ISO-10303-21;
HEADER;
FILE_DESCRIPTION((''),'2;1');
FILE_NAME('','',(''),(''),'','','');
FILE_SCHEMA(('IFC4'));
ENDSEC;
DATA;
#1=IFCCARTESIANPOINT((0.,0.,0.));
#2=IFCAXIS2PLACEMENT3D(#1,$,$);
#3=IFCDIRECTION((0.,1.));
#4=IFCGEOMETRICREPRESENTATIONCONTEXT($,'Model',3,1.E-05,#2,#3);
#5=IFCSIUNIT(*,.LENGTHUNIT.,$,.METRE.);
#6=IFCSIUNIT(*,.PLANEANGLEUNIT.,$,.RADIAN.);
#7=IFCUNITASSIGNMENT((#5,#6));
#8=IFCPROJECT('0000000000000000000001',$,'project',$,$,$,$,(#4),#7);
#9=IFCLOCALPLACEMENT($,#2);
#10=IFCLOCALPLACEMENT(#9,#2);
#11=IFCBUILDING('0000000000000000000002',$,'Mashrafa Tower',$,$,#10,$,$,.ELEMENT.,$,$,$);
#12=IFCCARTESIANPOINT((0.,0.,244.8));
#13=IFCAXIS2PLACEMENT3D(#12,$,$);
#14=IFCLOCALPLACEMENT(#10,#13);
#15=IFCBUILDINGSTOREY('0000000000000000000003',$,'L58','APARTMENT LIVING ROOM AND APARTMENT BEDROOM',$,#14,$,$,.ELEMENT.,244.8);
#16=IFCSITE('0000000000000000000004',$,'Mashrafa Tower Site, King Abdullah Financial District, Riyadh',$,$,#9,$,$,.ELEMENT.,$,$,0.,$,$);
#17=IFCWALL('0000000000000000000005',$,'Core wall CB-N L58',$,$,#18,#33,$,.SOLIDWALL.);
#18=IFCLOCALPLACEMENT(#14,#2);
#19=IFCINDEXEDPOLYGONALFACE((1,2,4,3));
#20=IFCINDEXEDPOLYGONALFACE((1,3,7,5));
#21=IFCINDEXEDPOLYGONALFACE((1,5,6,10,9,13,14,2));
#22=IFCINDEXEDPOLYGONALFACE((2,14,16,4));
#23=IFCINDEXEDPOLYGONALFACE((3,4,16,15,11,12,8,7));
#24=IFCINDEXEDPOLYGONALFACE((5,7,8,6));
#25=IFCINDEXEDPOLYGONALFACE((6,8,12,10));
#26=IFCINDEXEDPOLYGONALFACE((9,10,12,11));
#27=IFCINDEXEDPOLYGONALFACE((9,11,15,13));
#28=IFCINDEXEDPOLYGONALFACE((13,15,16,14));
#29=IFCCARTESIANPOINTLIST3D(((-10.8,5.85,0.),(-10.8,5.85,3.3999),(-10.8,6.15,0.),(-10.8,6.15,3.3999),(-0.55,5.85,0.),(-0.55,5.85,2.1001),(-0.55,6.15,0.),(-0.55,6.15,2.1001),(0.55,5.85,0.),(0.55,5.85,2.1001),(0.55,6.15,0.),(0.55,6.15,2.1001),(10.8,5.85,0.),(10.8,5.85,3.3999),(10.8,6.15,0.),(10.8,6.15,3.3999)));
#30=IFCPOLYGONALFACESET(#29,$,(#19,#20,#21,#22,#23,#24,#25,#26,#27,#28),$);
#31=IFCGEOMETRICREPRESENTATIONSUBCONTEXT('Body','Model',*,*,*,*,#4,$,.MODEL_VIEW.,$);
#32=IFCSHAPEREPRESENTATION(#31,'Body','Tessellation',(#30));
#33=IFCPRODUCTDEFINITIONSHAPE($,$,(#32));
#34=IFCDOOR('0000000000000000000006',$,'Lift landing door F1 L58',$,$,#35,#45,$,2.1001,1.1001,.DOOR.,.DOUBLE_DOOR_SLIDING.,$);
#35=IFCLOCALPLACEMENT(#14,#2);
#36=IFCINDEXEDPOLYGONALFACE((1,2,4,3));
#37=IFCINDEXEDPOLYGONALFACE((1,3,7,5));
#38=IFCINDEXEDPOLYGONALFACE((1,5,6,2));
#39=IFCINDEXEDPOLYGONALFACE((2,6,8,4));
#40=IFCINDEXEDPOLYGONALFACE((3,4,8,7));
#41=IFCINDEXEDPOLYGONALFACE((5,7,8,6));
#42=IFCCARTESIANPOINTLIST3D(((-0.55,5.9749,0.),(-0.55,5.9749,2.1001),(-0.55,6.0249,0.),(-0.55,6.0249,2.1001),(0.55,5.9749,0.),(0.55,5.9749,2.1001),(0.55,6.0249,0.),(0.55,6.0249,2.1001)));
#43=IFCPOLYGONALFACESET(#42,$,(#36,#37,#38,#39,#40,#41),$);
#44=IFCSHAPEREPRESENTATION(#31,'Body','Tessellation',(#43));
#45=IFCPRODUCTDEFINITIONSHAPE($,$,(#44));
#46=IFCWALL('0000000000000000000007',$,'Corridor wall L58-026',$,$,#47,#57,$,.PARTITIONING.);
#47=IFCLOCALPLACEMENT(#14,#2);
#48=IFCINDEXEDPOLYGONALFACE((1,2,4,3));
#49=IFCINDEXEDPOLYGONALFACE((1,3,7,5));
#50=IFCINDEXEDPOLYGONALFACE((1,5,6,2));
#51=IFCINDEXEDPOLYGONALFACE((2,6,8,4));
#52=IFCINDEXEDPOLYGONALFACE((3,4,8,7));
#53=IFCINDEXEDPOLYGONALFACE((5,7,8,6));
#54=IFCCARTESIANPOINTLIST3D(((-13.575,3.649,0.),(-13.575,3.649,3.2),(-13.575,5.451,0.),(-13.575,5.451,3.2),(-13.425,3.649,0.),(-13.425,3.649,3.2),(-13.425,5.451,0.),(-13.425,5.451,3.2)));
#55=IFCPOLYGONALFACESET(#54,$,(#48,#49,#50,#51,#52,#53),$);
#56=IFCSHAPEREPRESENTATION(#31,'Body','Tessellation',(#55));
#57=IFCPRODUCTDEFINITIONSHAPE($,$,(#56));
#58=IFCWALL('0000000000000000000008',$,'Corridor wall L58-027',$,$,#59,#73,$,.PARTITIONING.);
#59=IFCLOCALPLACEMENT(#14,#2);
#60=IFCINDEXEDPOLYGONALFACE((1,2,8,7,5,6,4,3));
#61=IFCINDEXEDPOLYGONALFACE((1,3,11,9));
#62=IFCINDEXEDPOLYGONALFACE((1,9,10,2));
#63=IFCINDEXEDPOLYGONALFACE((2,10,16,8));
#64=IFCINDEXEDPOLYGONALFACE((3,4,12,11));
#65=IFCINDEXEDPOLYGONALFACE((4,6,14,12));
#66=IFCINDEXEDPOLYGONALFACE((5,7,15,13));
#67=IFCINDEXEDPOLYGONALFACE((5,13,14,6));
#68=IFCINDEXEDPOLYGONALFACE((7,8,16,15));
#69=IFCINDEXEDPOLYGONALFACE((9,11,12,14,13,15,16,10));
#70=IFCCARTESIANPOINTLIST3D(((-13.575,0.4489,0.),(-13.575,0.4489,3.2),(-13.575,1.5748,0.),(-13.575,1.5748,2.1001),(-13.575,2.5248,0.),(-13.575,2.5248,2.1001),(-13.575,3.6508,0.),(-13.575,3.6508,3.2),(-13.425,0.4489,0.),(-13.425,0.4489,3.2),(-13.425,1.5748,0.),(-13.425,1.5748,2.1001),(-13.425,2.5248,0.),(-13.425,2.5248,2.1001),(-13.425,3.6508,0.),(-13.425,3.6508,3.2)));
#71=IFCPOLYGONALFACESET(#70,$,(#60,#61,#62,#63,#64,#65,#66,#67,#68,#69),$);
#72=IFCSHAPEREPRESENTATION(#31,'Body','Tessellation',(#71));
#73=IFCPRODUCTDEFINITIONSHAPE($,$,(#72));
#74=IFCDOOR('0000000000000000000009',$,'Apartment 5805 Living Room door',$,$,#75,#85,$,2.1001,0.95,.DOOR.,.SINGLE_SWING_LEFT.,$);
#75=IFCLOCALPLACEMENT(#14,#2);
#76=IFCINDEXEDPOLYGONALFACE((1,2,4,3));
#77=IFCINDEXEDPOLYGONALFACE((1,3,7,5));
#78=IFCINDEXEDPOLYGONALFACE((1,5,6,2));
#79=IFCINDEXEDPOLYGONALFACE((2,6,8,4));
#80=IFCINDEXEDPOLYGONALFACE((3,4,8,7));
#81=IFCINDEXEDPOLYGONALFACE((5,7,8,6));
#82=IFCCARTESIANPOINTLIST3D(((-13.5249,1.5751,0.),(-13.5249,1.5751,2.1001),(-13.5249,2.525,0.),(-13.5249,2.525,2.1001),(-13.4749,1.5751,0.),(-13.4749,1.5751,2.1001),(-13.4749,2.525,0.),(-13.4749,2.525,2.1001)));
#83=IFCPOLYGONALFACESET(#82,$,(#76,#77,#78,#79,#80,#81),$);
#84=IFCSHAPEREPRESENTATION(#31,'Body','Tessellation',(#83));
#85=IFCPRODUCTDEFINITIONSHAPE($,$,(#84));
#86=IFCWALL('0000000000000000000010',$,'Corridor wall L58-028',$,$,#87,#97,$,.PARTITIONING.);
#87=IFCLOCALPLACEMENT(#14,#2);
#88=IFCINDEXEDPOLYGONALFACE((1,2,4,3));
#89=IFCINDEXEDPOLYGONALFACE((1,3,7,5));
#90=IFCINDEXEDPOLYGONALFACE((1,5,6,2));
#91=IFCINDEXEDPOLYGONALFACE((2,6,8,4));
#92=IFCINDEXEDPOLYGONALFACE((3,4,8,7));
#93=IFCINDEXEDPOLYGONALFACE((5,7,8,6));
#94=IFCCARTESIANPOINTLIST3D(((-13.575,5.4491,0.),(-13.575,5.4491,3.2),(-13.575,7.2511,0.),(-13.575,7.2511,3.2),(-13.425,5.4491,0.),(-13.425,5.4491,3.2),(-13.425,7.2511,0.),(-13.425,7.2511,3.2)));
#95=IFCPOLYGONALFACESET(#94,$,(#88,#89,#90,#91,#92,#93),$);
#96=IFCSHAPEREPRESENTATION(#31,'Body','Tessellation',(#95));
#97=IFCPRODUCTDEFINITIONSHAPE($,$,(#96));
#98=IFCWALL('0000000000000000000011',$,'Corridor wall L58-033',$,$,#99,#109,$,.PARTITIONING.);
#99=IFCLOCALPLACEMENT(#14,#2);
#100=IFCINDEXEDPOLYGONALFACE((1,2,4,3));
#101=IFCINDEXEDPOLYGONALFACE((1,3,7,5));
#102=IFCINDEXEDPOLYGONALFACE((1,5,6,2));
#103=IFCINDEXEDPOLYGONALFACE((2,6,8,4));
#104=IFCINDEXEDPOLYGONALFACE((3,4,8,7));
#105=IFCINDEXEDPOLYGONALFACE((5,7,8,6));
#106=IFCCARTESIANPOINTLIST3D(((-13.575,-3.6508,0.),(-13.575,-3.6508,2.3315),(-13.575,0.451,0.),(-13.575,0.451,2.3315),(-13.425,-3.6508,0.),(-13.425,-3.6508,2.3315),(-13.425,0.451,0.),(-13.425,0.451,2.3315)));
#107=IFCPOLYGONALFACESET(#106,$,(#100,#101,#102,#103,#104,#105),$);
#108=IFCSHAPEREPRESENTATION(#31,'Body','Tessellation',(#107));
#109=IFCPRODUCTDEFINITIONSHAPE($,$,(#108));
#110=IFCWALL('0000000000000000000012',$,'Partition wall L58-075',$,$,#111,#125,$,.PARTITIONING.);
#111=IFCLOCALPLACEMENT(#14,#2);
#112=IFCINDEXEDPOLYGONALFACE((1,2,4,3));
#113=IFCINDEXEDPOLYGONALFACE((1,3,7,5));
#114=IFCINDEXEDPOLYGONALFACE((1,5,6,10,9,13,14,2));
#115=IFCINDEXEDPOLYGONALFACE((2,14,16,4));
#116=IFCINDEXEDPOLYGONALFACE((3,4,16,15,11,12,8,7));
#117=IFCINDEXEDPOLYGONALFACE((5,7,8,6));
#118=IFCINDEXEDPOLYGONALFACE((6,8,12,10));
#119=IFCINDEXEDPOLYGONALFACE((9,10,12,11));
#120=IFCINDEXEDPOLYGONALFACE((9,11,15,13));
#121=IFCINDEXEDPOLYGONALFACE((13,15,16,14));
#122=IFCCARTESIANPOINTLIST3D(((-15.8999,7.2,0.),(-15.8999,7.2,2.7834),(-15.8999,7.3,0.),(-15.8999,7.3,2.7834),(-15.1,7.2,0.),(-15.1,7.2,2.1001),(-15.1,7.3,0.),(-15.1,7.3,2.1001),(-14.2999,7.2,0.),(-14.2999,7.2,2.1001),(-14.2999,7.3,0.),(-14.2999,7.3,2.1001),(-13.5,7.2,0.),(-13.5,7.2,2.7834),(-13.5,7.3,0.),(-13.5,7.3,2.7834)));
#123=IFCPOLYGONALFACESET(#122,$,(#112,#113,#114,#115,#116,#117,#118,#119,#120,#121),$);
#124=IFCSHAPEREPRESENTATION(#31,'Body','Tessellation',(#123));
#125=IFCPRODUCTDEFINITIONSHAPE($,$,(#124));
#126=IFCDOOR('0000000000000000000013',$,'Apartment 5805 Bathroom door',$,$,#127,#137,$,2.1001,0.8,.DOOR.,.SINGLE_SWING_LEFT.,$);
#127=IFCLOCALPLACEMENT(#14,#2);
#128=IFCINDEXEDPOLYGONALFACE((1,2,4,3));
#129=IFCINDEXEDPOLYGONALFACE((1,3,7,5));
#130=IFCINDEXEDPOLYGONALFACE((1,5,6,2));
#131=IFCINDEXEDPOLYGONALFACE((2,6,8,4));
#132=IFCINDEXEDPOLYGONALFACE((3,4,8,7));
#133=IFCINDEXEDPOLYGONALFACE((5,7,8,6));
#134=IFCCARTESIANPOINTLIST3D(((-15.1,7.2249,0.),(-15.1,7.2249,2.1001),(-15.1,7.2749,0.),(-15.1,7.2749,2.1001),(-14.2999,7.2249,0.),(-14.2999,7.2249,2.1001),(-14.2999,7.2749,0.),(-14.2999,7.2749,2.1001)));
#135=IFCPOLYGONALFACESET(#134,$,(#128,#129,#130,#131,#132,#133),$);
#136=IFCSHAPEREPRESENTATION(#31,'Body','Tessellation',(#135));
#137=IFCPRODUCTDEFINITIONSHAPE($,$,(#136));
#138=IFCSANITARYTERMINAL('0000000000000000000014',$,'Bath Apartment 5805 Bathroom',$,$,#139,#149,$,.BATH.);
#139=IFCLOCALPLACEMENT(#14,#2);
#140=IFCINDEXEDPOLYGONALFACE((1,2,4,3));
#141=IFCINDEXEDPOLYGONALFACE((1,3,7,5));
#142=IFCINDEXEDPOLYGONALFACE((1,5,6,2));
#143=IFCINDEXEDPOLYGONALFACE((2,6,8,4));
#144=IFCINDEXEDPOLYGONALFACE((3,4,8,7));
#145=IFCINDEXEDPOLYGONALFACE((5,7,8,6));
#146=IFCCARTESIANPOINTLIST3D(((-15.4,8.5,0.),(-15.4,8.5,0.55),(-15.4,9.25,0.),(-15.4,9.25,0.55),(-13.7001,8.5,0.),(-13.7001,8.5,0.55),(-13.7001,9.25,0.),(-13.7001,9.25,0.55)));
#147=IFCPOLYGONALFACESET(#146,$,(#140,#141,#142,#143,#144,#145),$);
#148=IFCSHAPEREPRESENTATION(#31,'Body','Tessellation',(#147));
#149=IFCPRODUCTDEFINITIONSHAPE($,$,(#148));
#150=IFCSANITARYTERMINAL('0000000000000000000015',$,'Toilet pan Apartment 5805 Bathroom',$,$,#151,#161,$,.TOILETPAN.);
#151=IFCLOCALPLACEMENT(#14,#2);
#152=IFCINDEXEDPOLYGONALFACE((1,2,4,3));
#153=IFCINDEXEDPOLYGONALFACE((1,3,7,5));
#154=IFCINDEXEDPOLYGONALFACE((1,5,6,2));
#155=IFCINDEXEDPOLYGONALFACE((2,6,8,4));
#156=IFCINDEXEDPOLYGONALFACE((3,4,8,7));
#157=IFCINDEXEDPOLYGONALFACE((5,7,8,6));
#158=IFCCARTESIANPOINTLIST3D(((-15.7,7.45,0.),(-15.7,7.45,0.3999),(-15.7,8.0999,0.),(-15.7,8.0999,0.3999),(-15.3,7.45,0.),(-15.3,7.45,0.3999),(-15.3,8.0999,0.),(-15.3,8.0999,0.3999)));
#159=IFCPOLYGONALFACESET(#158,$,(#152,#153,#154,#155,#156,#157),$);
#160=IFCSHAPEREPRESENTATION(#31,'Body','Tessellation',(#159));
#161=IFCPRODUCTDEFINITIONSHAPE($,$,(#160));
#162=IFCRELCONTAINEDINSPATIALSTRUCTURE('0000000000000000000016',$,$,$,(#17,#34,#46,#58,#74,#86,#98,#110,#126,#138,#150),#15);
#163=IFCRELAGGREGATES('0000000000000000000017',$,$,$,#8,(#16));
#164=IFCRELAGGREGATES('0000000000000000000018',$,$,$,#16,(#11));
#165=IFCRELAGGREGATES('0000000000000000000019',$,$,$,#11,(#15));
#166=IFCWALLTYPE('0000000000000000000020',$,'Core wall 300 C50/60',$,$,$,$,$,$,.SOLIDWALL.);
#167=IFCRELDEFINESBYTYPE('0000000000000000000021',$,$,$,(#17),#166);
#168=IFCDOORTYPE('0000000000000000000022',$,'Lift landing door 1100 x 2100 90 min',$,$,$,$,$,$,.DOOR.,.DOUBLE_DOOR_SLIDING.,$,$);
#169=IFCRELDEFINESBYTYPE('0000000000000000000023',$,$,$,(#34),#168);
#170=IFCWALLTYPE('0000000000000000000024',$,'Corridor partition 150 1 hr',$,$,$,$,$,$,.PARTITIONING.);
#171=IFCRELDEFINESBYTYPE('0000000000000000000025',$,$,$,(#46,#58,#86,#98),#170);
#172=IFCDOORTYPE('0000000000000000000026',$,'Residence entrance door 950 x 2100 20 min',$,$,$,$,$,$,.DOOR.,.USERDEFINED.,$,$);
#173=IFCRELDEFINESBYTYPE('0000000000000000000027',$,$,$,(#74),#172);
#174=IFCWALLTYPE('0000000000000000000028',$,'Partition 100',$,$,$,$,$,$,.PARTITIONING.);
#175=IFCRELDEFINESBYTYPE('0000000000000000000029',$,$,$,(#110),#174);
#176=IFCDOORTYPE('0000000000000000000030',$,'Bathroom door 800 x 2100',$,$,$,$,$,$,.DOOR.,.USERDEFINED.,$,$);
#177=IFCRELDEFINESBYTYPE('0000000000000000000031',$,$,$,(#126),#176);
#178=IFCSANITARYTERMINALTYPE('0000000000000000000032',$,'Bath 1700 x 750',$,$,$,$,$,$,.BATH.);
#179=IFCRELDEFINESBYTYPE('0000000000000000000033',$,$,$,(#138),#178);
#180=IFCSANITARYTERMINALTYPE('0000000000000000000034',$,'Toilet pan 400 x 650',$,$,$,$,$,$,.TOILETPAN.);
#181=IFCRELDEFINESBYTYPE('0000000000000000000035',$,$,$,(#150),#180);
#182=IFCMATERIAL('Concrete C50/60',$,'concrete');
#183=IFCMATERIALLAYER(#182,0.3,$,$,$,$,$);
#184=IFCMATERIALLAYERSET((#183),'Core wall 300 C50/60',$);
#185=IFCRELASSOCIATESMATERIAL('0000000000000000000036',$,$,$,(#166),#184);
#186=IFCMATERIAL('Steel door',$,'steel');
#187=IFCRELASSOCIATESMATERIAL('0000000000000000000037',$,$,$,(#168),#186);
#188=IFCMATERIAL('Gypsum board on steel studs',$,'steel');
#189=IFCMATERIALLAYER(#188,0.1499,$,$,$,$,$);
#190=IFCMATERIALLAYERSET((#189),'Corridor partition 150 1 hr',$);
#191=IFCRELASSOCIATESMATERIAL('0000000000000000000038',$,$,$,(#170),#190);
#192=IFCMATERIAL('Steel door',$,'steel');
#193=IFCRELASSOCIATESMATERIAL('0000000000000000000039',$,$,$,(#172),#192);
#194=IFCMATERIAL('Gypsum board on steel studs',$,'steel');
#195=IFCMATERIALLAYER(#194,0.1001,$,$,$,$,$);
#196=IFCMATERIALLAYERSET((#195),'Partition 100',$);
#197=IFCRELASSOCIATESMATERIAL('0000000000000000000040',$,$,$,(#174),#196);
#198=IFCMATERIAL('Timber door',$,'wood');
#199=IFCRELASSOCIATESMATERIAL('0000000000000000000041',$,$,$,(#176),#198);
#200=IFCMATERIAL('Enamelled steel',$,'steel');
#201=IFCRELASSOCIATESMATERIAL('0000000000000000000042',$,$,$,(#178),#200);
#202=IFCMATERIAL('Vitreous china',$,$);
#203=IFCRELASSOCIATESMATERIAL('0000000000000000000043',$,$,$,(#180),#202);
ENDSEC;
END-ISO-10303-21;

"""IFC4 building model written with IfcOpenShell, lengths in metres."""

from ifc_helpers import new_model, si_unit, direction, frame, frame_2d, origin, origin_2d, place, context, subcontext, project, spatial, rectangle, extrude, material, layer, layer_set, type_object, element, fill, save


model = new_model("IFC4")

# Units and contexts
model_context = context("Model", 3, precision=1e-05, world=origin(), true_north=direction((0.0, 1.0)))
body_context = subcontext(model_context, "Body", "Model", "MODEL_VIEW")
ifc_project = project(units=[si_unit("LENGTHUNIT", "METRE"), si_unit("PLANEANGLEUNIT", "RADIAN")], contexts=[model_context])

# Site, building, storey
site_placement = place(None, origin())
site = spatial("IfcSite", under=ifc_project, at=site_placement, Name="Mashrafa Tower Site, King Abdullah Financial District, Riyadh", CompositionType="ELEMENT", RefElevation=0.0)
building_placement = place(site_placement, origin())
building = spatial("IfcBuilding", under=site, at=building_placement, Name="Mashrafa Tower", CompositionType="ELEMENT")
storey_placement = place(building_placement, frame((0.0, 0.0, 244.8)))
storey = spatial("IfcBuildingStorey", under=building, at=storey_placement, Name="L58", Description="APARTMENT LIVING ROOM AND APARTMENT BEDROOM", CompositionType="ELEMENT", Elevation=244.8)

# Shared definitions
ifc_material_1 = material(Name="Concrete C50/60", Category="concrete")
ifc_layer_1 = layer(ifc_material_1, 0.3)
ifc_layer_set_1 = layer_set([ifc_layer_1], Name="Core wall 300 C50/60")
wall_type_1 = type_object("IfcWallType", Name="Core wall 300 C50/60", PredefinedType="SOLIDWALL", material=ifc_layer_set_1)

# Wall, opening, door
wall_1_placement = place(storey_placement, frame((-10.8, 6.0, 0.0), z_axis=(0.0, 0.0, 1.0), x_axis=(1.0, 0.0, 0.0)))
wall_1 = element("IfcWall", 1, at=wall_1_placement, inside=storey, type_object=wall_type_1, Name="Core wall CB-N L58", PredefinedType="SOLIDWALL", context=body_context, shape_type="SweptSolid", body=[
    extrude(rectangle(XDim=21.6001, YDim=0.3, at=frame_2d((10.8, 0.0))), origin(), (0.0, 0.0, 1.0), 3.3999),
])
opening_1_placement = place(wall_1_placement, frame((10.25, 0.0, 0.0)))
opening_1 = element("IfcOpeningElement", 2, at=opening_1_placement, cuts=wall_1, PredefinedType="OPENING", context=body_context, shape_type="SweptSolid", body=[
    extrude(rectangle(XDim=1.1001, YDim=2.1001, at=frame_2d((0.55, 1.05))), frame((0.0, 0.1599, 0.0), z_axis=(0.0, -1.0, 0.0), x_axis=(1.0, 0.0, 0.0)), (0.0, 0.0, 1.0), 0.3201),
])
ifc_material_2 = material(Name="Steel door", Category="steel")
door_type_1 = type_object("IfcDoorType", Name="Lift landing door 1100 x 2100 90 min", OperationType="DOUBLE_DOOR_SLIDING", PredefinedType="DOOR", material=ifc_material_2)
door_1_placement = place(opening_1_placement, origin())
door_1 = element("IfcDoor", 3, at=door_1_placement, inside=storey, type_object=door_type_1, Name="Lift landing door F1 L58", OperationType="DOUBLE_DOOR_SLIDING", OverallHeight=2.1001, OverallWidth=1.1001, PredefinedType="DOOR", context=body_context, shape_type="SweptSolid", body=[
    extrude(rectangle(XDim=1.1001, YDim=2.1001, at=frame_2d((0.55, 1.05))), frame((0.0, 0.0249, 0.0), z_axis=(0.0, -1.0, 0.0), x_axis=(1.0, 0.0, 0.0)), (0.0, 0.0, 1.0), 0.05),
])
fill(opening_1, door_1)

# Wall
ifc_material_3 = material(Name="Gypsum board on steel studs", Category="steel")
ifc_layer_2 = layer(ifc_material_3, 0.1499)
ifc_layer_set_2 = layer_set([ifc_layer_2], Name="Corridor partition 150 1 hr")
wall_type_2 = type_object("IfcWallType", Name="Corridor partition 150 1 hr", PredefinedType="PARTITIONING", material=ifc_layer_set_2)
wall_2_placement = place(storey_placement, frame((-13.5, 5.4509, 0.0), z_axis=(0.0, 0.0, 1.0), x_axis=(0.0, -1.0, 0.0)))
element("IfcWall", 4, at=wall_2_placement, inside=storey, type_object=wall_type_2, Name="Corridor wall L58-026", PredefinedType="PARTITIONING", context=body_context, shape_type="SweptSolid", body=[
    extrude(rectangle(XDim=1.802, YDim=0.1499, at=frame_2d((0.9009, 0.0))), origin(), (0.0, 0.0, 1.0), 3.2),
])

# Wall, opening, door
wall_3_placement = place(storey_placement, frame((-13.5, 3.6509, 0.0), z_axis=(0.0, 0.0, 1.0), x_axis=(0.0, -1.0, 0.0)))
wall_3 = element("IfcWall", 5, at=wall_3_placement, inside=storey, type_object=wall_type_2, Name="Corridor wall L58-027", PredefinedType="PARTITIONING", context=body_context, shape_type="SweptSolid", body=[
    extrude(rectangle(XDim=3.2019, YDim=0.1499, at=frame_2d((1.6011, 0.0))), origin(), (0.0, 0.0, 1.0), 3.2),
])
opening_2_placement = place(wall_3_placement, frame((1.126, 0.0, 0.0)))
opening_2 = element("IfcOpeningElement", 6, at=opening_2_placement, cuts=wall_3, PredefinedType="OPENING", context=body_context, shape_type="SweptSolid", body=[
    extrude(rectangle(XDim=0.95, YDim=2.1001, at=frame_2d((0.4751, 1.05))), frame((0.0, 0.085, 0.0), z_axis=(0.0, -1.0, 0.0), x_axis=(1.0, 0.0, 0.0)), (0.0, 0.0, 1.0), 0.1699),
])
ifc_material_4 = material(Name="Steel door", Category="steel")
door_type_2 = type_object("IfcDoorType", Name="Residence entrance door 950 x 2100 20 min", OperationType="USERDEFINED", PredefinedType="DOOR", material=ifc_material_4)
door_2_placement = place(opening_2_placement, frame((0.95, 0.0, 0.0), z_axis=(0.0, 0.0, 1.0), x_axis=(-1.0, 0.0, 0.0)))
door_2 = element("IfcDoor", 7, at=door_2_placement, inside=storey, type_object=door_type_2, Name="Apartment 5805 Living Room door", OperationType="SINGLE_SWING_LEFT", OverallHeight=2.1001, OverallWidth=0.95, PredefinedType="DOOR", context=body_context, shape_type="SweptSolid", body=[
    extrude(rectangle(XDim=0.95, YDim=2.1001, at=frame_2d((0.4751, 1.05))), frame((0.0, 0.0249, 0.0), z_axis=(0.0, -1.0, 0.0), x_axis=(1.0, 0.0, 0.0)), (0.0, 0.0, 1.0), 0.05),
])
fill(opening_2, door_2)

# Walls
wall_4_placement = place(storey_placement, frame((-13.5, 7.251, 0.0), z_axis=(0.0, 0.0, 1.0), x_axis=(0.0, -1.0, 0.0)))
element("IfcWall", 8, at=wall_4_placement, inside=storey, type_object=wall_type_2, Name="Corridor wall L58-028", PredefinedType="PARTITIONING", context=body_context, shape_type="SweptSolid", body=[
    extrude(rectangle(XDim=1.802, YDim=0.1499, at=frame_2d((0.9009, 0.0))), origin(), (0.0, 0.0, 1.0), 3.2),
])
wall_5_placement = place(storey_placement, frame((-13.5, 0.4509, 0.0), z_axis=(0.0, 0.0, 1.0), x_axis=(0.0, -1.0, 0.0)))
element("IfcWall", 9, at=wall_5_placement, inside=storey, type_object=wall_type_2, Name="Corridor wall L58-033", PredefinedType="PARTITIONING", context=body_context, shape_type="SweptSolid", body=[
    extrude(rectangle(XDim=4.1018, YDim=0.1499, at=frame_2d((2.0508, 0.0))), origin(), (0.0, 0.0, 1.0), 2.3315),
])

# Wall, opening, door
ifc_material_5 = material(Name="Gypsum board on steel studs", Category="steel")
ifc_layer_3 = layer(ifc_material_5, 0.1001)
ifc_layer_set_3 = layer_set([ifc_layer_3], Name="Partition 100")
wall_type_3 = type_object("IfcWallType", Name="Partition 100", PredefinedType="PARTITIONING", material=ifc_layer_set_3)
wall_6_placement = place(storey_placement, frame((-15.8999, 7.25, 0.0), z_axis=(0.0, 0.0, 1.0), x_axis=(1.0, 0.0, 0.0)))
wall_6 = element("IfcWall", 10, at=wall_6_placement, inside=storey, type_object=wall_type_3, Name="Partition wall L58-075", PredefinedType="PARTITIONING", context=body_context, shape_type="SweptSolid", body=[
    extrude(rectangle(XDim=2.3999, YDim=0.1001, at=frame_2d((1.2, 0.0))), origin(), (0.0, 0.0, 1.0), 2.7834),
])
opening_3_placement = place(wall_6_placement, frame((0.8, 0.0, 0.0)))
opening_3 = element("IfcOpeningElement", 11, at=opening_3_placement, cuts=wall_6, PredefinedType="OPENING", context=body_context, shape_type="SweptSolid", body=[
    extrude(rectangle(XDim=0.8, YDim=2.1001, at=frame_2d((0.3999, 1.05))), frame((0.0, 0.0601, 0.0), z_axis=(0.0, -1.0, 0.0), x_axis=(1.0, 0.0, 0.0)), (0.0, 0.0, 1.0), 0.1201),
])
ifc_material_6 = material(Name="Timber door", Category="wood")
door_type_3 = type_object("IfcDoorType", Name="Bathroom door 800 x 2100", OperationType="USERDEFINED", PredefinedType="DOOR", material=ifc_material_6)
door_3_placement = place(opening_3_placement, origin())
door_3 = element("IfcDoor", 12, at=door_3_placement, inside=storey, type_object=door_type_3, Name="Apartment 5805 Bathroom door", OperationType="SINGLE_SWING_LEFT", OverallHeight=2.1001, OverallWidth=0.8, PredefinedType="DOOR", context=body_context, shape_type="SweptSolid", body=[
    extrude(rectangle(XDim=0.8, YDim=2.1001, at=frame_2d((0.3999, 1.05))), frame((0.0, 0.0249, 0.0), z_axis=(0.0, -1.0, 0.0), x_axis=(1.0, 0.0, 0.0)), (0.0, 0.0, 1.0), 0.05),
])
fill(opening_3, door_3)

# Sanitary terminals
ifc_material_7 = material(Name="Enamelled steel", Category="steel")
sanitary_terminal_type_1 = type_object("IfcSanitaryTerminalType", Name="Bath 1700 x 750", PredefinedType="BATH", material=ifc_material_7)
sanitary_terminal_1_placement = place(storey_placement, frame((-14.55, 8.875, 0.0), z_axis=(0.0, 0.0, 1.0), x_axis=(-1.0, 0.0, 0.0)))
element("IfcSanitaryTerminal", 13, at=sanitary_terminal_1_placement, inside=storey, type_object=sanitary_terminal_type_1, Name="Bath Apartment 5805 Bathroom", PredefinedType="BATH", context=body_context, shape_type="SweptSolid", body=[
    extrude(rectangle(XDim=1.7, YDim=0.75, at=origin_2d()), origin(), (0.0, 0.0, 1.0), 0.55),
])
ifc_material_8 = material(Name="Vitreous china")
sanitary_terminal_type_2 = type_object("IfcSanitaryTerminalType", Name="Toilet pan 400 x 650", PredefinedType="TOILETPAN", material=ifc_material_8)
sanitary_terminal_2_placement = place(storey_placement, frame((-15.5, 7.7749, 0.0), z_axis=(0.0, 0.0, 1.0), x_axis=(1.0, 0.0, 0.0)))
element("IfcSanitaryTerminal", 14, at=sanitary_terminal_2_placement, inside=storey, type_object=sanitary_terminal_type_2, Name="Toilet pan Apartment 5805 Bathroom", PredefinedType="TOILETPAN", context=body_context, shape_type="SweptSolid", body=[
    extrude(rectangle(XDim=0.3999, YDim=0.6499, at=origin_2d()), origin(), (0.0, 0.0, 1.0), 0.3999),
])

save(model, "model.ifc")
